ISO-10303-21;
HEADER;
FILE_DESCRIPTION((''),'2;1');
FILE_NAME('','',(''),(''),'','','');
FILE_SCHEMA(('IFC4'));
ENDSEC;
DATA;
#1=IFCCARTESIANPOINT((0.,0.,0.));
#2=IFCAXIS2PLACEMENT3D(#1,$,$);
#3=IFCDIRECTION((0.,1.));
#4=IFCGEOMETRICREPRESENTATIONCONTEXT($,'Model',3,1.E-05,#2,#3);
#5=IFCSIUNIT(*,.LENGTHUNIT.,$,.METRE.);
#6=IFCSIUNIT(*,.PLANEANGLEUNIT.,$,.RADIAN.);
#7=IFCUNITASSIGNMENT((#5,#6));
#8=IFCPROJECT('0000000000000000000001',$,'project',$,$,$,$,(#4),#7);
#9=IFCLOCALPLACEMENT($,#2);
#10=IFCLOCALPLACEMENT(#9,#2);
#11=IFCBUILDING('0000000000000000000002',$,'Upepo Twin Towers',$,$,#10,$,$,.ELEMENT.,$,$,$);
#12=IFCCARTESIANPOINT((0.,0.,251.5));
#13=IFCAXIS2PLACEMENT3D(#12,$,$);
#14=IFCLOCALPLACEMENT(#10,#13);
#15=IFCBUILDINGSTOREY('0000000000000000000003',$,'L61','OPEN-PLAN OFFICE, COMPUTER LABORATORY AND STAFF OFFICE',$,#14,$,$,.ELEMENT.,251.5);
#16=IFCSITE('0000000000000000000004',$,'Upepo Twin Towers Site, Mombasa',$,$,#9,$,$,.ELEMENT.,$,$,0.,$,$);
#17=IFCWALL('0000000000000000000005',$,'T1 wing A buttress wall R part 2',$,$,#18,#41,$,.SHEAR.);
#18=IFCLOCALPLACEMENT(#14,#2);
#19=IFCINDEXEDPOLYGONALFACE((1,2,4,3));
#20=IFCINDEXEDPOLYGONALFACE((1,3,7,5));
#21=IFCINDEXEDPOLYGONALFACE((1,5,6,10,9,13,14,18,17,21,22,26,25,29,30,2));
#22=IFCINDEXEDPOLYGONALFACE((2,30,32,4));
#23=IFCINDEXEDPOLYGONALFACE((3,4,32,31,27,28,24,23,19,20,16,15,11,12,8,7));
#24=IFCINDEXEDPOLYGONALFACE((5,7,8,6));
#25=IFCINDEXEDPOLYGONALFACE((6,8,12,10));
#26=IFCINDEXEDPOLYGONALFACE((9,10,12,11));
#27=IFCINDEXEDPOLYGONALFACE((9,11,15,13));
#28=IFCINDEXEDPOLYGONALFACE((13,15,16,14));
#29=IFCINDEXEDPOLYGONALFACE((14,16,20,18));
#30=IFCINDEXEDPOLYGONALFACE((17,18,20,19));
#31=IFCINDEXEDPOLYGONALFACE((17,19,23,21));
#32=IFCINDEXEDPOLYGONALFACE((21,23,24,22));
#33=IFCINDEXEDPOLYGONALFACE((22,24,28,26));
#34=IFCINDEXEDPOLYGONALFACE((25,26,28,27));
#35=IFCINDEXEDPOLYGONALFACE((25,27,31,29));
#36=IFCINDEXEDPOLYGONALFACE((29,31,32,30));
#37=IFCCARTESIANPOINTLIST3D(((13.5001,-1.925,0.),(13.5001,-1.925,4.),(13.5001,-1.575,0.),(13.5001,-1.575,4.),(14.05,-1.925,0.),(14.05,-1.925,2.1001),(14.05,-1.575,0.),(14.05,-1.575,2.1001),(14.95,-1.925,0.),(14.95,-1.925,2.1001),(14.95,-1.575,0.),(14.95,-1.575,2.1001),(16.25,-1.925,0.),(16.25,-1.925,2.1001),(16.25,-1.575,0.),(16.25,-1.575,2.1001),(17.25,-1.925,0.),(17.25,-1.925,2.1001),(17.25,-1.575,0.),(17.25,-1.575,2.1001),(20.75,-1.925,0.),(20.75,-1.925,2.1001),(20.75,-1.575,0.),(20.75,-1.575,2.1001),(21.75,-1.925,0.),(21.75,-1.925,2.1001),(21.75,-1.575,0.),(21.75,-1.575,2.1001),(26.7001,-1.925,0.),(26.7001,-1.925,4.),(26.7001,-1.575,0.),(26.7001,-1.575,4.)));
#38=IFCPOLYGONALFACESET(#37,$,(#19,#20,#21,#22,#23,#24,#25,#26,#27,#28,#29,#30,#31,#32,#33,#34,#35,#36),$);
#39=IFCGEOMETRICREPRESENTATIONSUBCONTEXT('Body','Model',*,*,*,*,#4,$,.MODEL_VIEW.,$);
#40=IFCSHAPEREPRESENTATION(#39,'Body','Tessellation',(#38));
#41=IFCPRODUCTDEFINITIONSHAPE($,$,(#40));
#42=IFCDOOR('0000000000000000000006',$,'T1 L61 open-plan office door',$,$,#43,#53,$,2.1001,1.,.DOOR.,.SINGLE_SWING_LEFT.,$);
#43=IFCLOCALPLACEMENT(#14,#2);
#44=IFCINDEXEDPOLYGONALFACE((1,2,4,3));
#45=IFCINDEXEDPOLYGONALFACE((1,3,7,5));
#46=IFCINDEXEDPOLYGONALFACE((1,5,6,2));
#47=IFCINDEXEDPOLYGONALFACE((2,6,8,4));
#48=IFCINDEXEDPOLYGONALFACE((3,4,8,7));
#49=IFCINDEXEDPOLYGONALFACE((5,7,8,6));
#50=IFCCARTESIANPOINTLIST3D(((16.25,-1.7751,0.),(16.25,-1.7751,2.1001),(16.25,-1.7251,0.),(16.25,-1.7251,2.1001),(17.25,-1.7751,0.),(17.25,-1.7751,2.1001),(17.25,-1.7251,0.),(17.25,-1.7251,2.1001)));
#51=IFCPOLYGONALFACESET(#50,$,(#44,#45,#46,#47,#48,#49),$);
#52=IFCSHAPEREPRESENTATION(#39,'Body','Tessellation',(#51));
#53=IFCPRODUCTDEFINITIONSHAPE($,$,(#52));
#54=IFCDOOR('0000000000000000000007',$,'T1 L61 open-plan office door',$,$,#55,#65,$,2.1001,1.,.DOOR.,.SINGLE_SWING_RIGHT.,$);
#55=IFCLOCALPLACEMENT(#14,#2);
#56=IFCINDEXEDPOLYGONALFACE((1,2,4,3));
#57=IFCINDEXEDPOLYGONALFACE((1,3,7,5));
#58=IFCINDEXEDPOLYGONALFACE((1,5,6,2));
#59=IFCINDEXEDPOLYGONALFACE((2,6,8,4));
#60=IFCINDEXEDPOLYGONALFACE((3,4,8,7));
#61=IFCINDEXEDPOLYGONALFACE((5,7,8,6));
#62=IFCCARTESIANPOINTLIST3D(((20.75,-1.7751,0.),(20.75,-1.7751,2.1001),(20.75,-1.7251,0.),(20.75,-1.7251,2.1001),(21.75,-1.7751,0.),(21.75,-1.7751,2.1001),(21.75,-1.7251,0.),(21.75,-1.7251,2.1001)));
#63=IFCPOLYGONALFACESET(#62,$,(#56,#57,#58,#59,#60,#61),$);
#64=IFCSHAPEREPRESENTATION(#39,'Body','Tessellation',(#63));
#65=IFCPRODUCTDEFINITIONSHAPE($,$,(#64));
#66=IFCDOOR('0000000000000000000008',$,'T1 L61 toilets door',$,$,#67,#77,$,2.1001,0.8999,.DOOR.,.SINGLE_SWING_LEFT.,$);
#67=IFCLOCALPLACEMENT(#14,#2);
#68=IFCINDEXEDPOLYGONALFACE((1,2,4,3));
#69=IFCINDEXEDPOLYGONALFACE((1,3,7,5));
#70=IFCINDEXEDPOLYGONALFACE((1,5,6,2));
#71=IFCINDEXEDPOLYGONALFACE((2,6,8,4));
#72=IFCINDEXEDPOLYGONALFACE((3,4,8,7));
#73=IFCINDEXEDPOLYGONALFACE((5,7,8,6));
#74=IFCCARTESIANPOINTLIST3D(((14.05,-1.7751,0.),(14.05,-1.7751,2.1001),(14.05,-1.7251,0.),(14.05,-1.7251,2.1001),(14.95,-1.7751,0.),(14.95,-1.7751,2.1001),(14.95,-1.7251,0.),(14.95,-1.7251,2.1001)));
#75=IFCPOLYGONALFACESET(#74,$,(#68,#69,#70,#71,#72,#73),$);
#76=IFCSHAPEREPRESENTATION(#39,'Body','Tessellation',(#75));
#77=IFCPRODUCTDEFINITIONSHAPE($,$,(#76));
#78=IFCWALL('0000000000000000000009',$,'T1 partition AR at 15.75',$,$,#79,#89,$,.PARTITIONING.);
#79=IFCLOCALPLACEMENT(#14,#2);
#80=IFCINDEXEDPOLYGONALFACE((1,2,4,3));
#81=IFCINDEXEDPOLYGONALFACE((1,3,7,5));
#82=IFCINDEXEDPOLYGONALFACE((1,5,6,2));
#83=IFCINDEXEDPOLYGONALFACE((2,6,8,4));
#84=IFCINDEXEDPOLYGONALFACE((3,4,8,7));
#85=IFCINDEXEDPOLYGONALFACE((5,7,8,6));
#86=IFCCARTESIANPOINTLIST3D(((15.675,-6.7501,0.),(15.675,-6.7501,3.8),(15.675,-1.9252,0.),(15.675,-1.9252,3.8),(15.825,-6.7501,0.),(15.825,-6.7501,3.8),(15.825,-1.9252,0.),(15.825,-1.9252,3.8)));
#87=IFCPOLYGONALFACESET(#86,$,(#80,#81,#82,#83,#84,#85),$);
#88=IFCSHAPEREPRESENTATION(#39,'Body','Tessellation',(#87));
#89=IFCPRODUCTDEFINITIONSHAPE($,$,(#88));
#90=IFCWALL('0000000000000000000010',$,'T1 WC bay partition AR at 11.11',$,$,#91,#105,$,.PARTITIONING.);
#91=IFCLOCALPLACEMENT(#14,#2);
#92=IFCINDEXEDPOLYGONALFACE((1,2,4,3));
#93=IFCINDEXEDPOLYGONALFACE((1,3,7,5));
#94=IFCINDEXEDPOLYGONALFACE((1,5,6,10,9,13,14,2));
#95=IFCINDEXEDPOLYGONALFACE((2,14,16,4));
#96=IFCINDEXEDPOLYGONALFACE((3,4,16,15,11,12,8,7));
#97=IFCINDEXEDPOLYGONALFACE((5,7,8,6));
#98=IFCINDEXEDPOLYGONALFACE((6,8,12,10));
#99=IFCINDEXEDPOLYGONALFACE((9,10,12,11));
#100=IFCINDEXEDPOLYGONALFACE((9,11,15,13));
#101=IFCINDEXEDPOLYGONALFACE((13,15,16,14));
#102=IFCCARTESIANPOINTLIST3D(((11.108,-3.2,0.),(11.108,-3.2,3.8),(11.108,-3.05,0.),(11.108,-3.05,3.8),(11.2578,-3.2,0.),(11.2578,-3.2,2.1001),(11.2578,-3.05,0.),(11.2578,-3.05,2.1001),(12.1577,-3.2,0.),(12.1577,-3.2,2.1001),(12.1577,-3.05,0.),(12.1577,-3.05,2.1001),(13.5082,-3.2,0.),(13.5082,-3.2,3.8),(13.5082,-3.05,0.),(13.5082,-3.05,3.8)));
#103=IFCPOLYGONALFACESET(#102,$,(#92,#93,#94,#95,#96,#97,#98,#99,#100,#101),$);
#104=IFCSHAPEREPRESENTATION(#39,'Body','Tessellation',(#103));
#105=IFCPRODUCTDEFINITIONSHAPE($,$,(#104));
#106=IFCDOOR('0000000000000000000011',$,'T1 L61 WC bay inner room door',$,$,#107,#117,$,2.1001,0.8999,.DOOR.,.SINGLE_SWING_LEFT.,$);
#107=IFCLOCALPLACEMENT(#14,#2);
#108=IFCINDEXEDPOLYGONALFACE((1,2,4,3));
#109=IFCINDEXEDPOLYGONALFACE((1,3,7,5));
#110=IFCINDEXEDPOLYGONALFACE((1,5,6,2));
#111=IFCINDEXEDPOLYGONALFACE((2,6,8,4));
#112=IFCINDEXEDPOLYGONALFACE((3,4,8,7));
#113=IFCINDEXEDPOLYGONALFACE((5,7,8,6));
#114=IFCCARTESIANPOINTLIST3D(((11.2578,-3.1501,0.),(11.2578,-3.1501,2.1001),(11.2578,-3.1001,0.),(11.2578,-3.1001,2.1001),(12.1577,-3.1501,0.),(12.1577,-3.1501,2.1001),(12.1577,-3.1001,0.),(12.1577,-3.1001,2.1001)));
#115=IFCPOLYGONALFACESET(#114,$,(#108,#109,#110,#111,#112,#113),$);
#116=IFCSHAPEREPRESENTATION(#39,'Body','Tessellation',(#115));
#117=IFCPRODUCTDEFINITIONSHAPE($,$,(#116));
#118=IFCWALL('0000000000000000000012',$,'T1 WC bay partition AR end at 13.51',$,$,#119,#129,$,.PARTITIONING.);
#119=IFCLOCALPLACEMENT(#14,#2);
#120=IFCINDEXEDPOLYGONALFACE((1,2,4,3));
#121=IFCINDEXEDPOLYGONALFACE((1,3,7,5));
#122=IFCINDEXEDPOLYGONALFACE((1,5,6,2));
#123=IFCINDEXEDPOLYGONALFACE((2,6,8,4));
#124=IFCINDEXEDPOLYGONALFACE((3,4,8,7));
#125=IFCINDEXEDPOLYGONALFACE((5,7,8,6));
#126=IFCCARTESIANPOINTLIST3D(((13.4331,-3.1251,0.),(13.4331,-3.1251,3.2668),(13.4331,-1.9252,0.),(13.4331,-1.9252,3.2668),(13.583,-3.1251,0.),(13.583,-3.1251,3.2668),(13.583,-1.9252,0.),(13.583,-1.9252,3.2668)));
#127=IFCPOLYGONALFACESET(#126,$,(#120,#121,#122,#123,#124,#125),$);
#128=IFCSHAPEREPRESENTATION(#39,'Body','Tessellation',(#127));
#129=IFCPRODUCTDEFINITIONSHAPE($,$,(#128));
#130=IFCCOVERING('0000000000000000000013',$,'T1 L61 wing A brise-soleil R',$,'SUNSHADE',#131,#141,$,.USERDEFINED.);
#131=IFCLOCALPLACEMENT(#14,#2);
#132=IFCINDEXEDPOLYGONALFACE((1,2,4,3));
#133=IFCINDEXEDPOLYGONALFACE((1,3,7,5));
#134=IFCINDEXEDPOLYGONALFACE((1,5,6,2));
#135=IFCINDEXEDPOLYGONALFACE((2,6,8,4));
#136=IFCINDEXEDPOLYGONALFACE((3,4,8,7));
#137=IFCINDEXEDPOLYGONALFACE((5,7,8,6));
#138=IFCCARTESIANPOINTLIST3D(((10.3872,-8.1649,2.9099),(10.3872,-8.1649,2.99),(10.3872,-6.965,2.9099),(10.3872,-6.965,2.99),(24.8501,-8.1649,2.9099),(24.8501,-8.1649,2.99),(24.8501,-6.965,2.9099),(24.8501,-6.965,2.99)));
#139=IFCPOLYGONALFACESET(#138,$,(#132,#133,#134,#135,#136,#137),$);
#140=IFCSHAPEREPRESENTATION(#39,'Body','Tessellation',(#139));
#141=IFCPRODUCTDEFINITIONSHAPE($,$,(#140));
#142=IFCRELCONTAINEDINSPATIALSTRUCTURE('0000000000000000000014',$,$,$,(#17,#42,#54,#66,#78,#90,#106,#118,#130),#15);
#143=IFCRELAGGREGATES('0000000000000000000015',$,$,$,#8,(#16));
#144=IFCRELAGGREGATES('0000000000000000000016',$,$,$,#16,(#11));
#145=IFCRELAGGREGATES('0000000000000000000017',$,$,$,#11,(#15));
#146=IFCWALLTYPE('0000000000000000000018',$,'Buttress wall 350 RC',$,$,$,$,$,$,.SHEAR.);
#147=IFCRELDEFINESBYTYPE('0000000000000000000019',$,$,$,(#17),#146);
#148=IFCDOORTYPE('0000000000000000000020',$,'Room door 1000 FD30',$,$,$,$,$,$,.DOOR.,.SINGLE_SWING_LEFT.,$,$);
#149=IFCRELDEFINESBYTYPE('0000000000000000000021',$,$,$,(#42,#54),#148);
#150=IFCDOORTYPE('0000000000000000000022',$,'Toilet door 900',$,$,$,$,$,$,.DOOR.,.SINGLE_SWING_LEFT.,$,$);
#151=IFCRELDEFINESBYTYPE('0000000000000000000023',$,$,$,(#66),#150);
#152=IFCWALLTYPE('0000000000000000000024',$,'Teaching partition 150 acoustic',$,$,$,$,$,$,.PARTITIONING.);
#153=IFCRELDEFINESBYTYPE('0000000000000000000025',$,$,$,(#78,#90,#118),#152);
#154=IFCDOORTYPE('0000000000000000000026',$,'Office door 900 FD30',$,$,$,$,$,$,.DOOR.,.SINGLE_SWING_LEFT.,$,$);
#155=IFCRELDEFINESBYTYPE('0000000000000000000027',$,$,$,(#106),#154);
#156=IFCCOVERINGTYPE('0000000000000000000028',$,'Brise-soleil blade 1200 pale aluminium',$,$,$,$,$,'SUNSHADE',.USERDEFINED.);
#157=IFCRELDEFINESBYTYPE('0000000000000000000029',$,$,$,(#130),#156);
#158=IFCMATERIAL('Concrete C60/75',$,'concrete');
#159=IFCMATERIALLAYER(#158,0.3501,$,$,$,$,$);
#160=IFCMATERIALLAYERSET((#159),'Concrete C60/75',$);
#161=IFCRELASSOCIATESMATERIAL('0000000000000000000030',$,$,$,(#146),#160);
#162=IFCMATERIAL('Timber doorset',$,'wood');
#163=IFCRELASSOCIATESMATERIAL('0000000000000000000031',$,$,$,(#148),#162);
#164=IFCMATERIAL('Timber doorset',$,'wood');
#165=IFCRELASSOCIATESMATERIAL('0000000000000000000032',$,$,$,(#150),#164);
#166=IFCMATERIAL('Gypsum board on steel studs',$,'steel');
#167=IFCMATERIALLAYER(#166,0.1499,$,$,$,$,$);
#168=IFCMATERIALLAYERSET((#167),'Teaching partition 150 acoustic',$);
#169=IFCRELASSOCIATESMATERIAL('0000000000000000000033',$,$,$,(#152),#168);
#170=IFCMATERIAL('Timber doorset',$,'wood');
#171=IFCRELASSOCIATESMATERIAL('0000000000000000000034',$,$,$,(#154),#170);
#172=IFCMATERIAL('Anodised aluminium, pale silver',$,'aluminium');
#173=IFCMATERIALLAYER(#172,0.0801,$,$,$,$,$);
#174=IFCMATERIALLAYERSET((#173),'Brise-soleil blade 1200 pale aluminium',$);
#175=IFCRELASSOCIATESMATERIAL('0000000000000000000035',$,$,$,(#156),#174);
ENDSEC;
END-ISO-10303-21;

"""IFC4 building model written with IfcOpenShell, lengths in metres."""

from ifc_helpers import new_model, si_unit, direction, frame, frame_2d, origin, origin_2d, place, context, subcontext, project, spatial, rectangle, extrude, material, layer, layer_set, type_object, element, fill, save


model = new_model("IFC4")

# Units and contexts
model_context = context("Model", 3, precision=1e-05, world=origin(), true_north=direction((0.0, 1.0)))
body_context = subcontext(model_context, "Body", "Model", "MODEL_VIEW")
ifc_project = project(units=[si_unit("LENGTHUNIT", "METRE"), si_unit("PLANEANGLEUNIT", "RADIAN")], contexts=[model_context])

# Site, building, storey
site_placement = place(None, origin())
site = spatial("IfcSite", under=ifc_project, at=site_placement, Name="Upepo Twin Towers Site, Mombasa", CompositionType="ELEMENT", RefElevation=0.0)
building_placement = place(site_placement, origin())
building = spatial("IfcBuilding", under=site, at=building_placement, Name="Upepo Twin Towers", CompositionType="ELEMENT")
storey_placement = place(building_placement, frame((0.0, 0.0, 251.5)))
storey = spatial("IfcBuildingStorey", under=building, at=storey_placement, Name="L61", Description="OPEN-PLAN OFFICE, COMPUTER LABORATORY AND STAFF OFFICE", CompositionType="ELEMENT", Elevation=251.5)

# Shared definitions
ifc_material_1 = material(Name="Concrete C60/75", Category="concrete")
ifc_layer_1 = layer(ifc_material_1, 0.3501)
ifc_layer_set_1 = layer_set([ifc_layer_1], Name="Concrete C60/75")
wall_type_1 = type_object("IfcWallType", Name="Buttress wall 350 RC", PredefinedType="SHEAR", material=ifc_layer_set_1)

# Wall, openings, doors
wall_1_placement = place(storey_placement, frame((13.5, -1.75, 0.0), z_axis=(0.0, 0.0, 1.0), x_axis=(1.0, 0.0, 0.0)))
wall_1 = element("IfcWall", 1, at=wall_1_placement, inside=storey, type_object=wall_type_1, Name="T1 wing A buttress wall R part 2", PredefinedType="SHEAR", context=body_context, shape_type="SweptSolid", body=[
    extrude(rectangle(XDim=13.2, YDim=0.3501, at=frame_2d((6.6001, 0.0))), origin(), (0.0, 0.0, 1.0), 4.0),
])
opening_1_placement = place(wall_1_placement, frame((0.55, 0.0, 0.0)))
opening_1 = element("IfcOpeningElement", 2, at=opening_1_placement, cuts=wall_1, PredefinedType="OPENING", context=body_context, shape_type="SweptSolid", body=[
    extrude(rectangle(XDim=0.8999, YDim=2.1001, at=frame_2d((0.45, 1.05))), frame((0.0, 0.1851, 0.0), z_axis=(0.0, -1.0, 0.0), x_axis=(1.0, 0.0, 0.0)), (0.0, 0.0, 1.0), 0.3701),
])
opening_2_placement = place(wall_1_placement, frame((2.75, 0.0, 0.0)))
opening_2 = element("IfcOpeningElement", 3, at=opening_2_placement, cuts=wall_1, PredefinedType="OPENING", context=body_context, shape_type="SweptSolid", body=[
    extrude(rectangle(XDim=1.0, YDim=2.1001, at=frame_2d((0.5, 1.05))), frame((0.0, 0.1851, 0.0), z_axis=(0.0, -1.0, 0.0), x_axis=(1.0, 0.0, 0.0)), (0.0, 0.0, 1.0), 0.3701),
])
opening_3_placement = place(wall_1_placement, frame((7.25, 0.0, 0.0)))
opening_3 = element("IfcOpeningElement", 4, at=opening_3_placement, cuts=wall_1, PredefinedType="OPENING", context=body_context, shape_type="SweptSolid", body=[
    extrude(rectangle(XDim=1.0, YDim=2.1001, at=frame_2d((0.5, 1.05))), frame((0.0, 0.1851, 0.0), z_axis=(0.0, -1.0, 0.0), x_axis=(1.0, 0.0, 0.0)), (0.0, 0.0, 1.0), 0.3701),
])
ifc_material_2 = material(Name="Timber doorset", Category="wood")
door_type_1 = type_object("IfcDoorType", Name="Room door 1000 FD30", OperationType="SINGLE_SWING_LEFT", PredefinedType="DOOR", material=ifc_material_2)
door_1_placement = place(opening_2_placement, origin())
door_1 = element("IfcDoor", 5, at=door_1_placement, inside=storey, type_object=door_type_1, Name="T1 L61 open-plan office door", OperationType="SINGLE_SWING_LEFT", OverallHeight=2.1001, OverallWidth=1.0, PredefinedType="DOOR", context=body_context, shape_type="SweptSolid", body=[
    extrude(rectangle(XDim=1.0, YDim=2.1001, at=frame_2d((0.5, 1.05))), frame((0.0, 0.0249, 0.0), z_axis=(0.0, -1.0, 0.0), x_axis=(1.0, 0.0, 0.0)), (0.0, 0.0, 1.0), 0.05),
])
fill(opening_2, door_1)
door_2_placement = place(opening_3_placement, origin())
door_2 = element("IfcDoor", 6, at=door_2_placement, inside=storey, type_object=door_type_1, Name="T1 L61 open-plan office door", OperationType="SINGLE_SWING_RIGHT", OverallHeight=2.1001, OverallWidth=1.0, PredefinedType="DOOR", context=body_context, shape_type="SweptSolid", body=[
    extrude(rectangle(XDim=1.0, YDim=2.1001, at=frame_2d((0.5, 1.05))), frame((0.0, 0.0249, 0.0), z_axis=(0.0, -1.0, 0.0), x_axis=(1.0, 0.0, 0.0)), (0.0, 0.0, 1.0), 0.05),
])
fill(opening_3, door_2)
ifc_material_3 = material(Name="Timber doorset", Category="wood")
door_type_2 = type_object("IfcDoorType", Name="Toilet door 900", OperationType="SINGLE_SWING_LEFT", PredefinedType="DOOR", material=ifc_material_3)
door_3_placement = place(opening_1_placement, origin())
door_3 = element("IfcDoor", 7, at=door_3_placement, inside=storey, type_object=door_type_2, Name="T1 L61 toilets door", OperationType="SINGLE_SWING_LEFT", OverallHeight=2.1001, OverallWidth=0.8999, PredefinedType="DOOR", context=body_context, shape_type="SweptSolid", body=[
    extrude(rectangle(XDim=0.8999, YDim=2.1001, at=frame_2d((0.45, 1.05))), frame((0.0, 0.0249, 0.0), z_axis=(0.0, -1.0, 0.0), x_axis=(1.0, 0.0, 0.0)), (0.0, 0.0, 1.0), 0.05),
])
fill(opening_1, door_3)

# Wall
ifc_material_4 = material(Name="Gypsum board on steel studs", Category="steel")
ifc_layer_2 = layer(ifc_material_4, 0.1499)
ifc_layer_set_2 = layer_set([ifc_layer_2], Name="Teaching partition 150 acoustic")
wall_type_2 = type_object("IfcWallType", Name="Teaching partition 150 acoustic", PredefinedType="PARTITIONING", material=ifc_layer_set_2)
wall_2_placement = place(storey_placement, frame((15.75, -1.925, 0.0), z_axis=(0.0, 0.0, 1.0), x_axis=(0.0, -1.0, 0.0)))
element("IfcWall", 8, at=wall_2_placement, inside=storey, type_object=wall_type_2, Name="T1 partition AR at 15.75", PredefinedType="PARTITIONING", context=body_context, shape_type="SweptSolid", body=[
    extrude(rectangle(XDim=4.825, YDim=0.1499, at=frame_2d((2.4126, 0.0))), origin(), (0.0, 0.0, 1.0), 3.8),
])

# Wall, opening, door
wall_3_placement = place(storey_placement, frame((11.1079, -3.125, 0.0), z_axis=(0.0, 0.0, 1.0), x_axis=(1.0, 0.0, 0.0)))
wall_3 = element("IfcWall", 9, at=wall_3_placement, inside=storey, type_object=wall_type_2, Name="T1 WC bay partition AR at 11.11", PredefinedType="PARTITIONING", context=body_context, shape_type="SweptSolid", body=[
    extrude(rectangle(XDim=2.4001, YDim=0.1499, at=frame_2d((1.2002, 0.0))), origin(), (0.0, 0.0, 1.0), 3.8),
])
opening_4_placement = place(wall_3_placement, frame((0.1499, 0.0, 0.0)))
opening_4 = element("IfcOpeningElement", 10, at=opening_4_placement, cuts=wall_3, PredefinedType="OPENING", context=body_context, shape_type="SweptSolid", body=[
    extrude(rectangle(XDim=0.8999, YDim=2.1001, at=frame_2d((0.45, 1.05))), frame((0.0, 0.085, 0.0), z_axis=(0.0, -1.0, 0.0), x_axis=(1.0, 0.0, 0.0)), (0.0, 0.0, 1.0), 0.1699),
])
ifc_material_5 = material(Name="Timber doorset", Category="wood")
door_type_3 = type_object("IfcDoorType", Name="Office door 900 FD30", OperationType="SINGLE_SWING_LEFT", PredefinedType="DOOR", material=ifc_material_5)
door_4_placement = place(opening_4_placement, origin())
door_4 = element("IfcDoor", 11, at=door_4_placement, inside=storey, type_object=door_type_3, Name="T1 L61 WC bay inner room door", OperationType="SINGLE_SWING_LEFT", OverallHeight=2.1001, OverallWidth=0.8999, PredefinedType="DOOR", context=body_context, shape_type="SweptSolid", body=[
    extrude(rectangle(XDim=0.8999, YDim=2.1001, at=frame_2d((0.45, 1.05))), frame((0.0, 0.0249, 0.0), z_axis=(0.0, -1.0, 0.0), x_axis=(1.0, 0.0, 0.0)), (0.0, 0.0, 1.0), 0.05),
])
fill(opening_4, door_4)

# Wall
wall_4_placement = place(storey_placement, frame((13.5081, -1.925, 0.0), z_axis=(0.0, 0.0, 1.0), x_axis=(0.0, -1.0, 0.0)))
element("IfcWall", 12, at=wall_4_placement, inside=storey, type_object=wall_type_2, Name="T1 WC bay partition AR end at 13.51", PredefinedType="PARTITIONING", context=body_context, shape_type="SweptSolid", body=[
    extrude(rectangle(XDim=1.2, YDim=0.1499, at=frame_2d((0.6001, 0.0))), origin(), (0.0, 0.0, 1.0), 3.2668),
])

# Covering
ifc_material_6 = material(Name="Anodised aluminium, pale silver", Category="aluminium")
ifc_layer_3 = layer(ifc_material_6, 0.0801)
ifc_layer_set_3 = layer_set([ifc_layer_3], Name="Brise-soleil blade 1200 pale aluminium")
covering_type = type_object("IfcCoveringType", Name="Brise-soleil blade 1200 pale aluminium", ElementType="SUNSHADE", PredefinedType="USERDEFINED", material=ifc_layer_set_3)
covering_placement = place(storey_placement, frame((17.6187, -7.5649, 2.9099), z_axis=(0.0, 0.0, 1.0), x_axis=(1.0, 0.0, 0.0)))
element("IfcCovering", 13, at=covering_placement, inside=storey, type_object=covering_type, Name="T1 L61 wing A brise-soleil R", ObjectType="SUNSHADE", PredefinedType="USERDEFINED", context=body_context, shape_type="SweptSolid", body=[
    extrude(rectangle(XDim=14.4629, YDim=1.2, at=origin_2d()), origin(), (0.0, 0.0, 1.0), 0.0801),
])

save(model, "model.ifc")
